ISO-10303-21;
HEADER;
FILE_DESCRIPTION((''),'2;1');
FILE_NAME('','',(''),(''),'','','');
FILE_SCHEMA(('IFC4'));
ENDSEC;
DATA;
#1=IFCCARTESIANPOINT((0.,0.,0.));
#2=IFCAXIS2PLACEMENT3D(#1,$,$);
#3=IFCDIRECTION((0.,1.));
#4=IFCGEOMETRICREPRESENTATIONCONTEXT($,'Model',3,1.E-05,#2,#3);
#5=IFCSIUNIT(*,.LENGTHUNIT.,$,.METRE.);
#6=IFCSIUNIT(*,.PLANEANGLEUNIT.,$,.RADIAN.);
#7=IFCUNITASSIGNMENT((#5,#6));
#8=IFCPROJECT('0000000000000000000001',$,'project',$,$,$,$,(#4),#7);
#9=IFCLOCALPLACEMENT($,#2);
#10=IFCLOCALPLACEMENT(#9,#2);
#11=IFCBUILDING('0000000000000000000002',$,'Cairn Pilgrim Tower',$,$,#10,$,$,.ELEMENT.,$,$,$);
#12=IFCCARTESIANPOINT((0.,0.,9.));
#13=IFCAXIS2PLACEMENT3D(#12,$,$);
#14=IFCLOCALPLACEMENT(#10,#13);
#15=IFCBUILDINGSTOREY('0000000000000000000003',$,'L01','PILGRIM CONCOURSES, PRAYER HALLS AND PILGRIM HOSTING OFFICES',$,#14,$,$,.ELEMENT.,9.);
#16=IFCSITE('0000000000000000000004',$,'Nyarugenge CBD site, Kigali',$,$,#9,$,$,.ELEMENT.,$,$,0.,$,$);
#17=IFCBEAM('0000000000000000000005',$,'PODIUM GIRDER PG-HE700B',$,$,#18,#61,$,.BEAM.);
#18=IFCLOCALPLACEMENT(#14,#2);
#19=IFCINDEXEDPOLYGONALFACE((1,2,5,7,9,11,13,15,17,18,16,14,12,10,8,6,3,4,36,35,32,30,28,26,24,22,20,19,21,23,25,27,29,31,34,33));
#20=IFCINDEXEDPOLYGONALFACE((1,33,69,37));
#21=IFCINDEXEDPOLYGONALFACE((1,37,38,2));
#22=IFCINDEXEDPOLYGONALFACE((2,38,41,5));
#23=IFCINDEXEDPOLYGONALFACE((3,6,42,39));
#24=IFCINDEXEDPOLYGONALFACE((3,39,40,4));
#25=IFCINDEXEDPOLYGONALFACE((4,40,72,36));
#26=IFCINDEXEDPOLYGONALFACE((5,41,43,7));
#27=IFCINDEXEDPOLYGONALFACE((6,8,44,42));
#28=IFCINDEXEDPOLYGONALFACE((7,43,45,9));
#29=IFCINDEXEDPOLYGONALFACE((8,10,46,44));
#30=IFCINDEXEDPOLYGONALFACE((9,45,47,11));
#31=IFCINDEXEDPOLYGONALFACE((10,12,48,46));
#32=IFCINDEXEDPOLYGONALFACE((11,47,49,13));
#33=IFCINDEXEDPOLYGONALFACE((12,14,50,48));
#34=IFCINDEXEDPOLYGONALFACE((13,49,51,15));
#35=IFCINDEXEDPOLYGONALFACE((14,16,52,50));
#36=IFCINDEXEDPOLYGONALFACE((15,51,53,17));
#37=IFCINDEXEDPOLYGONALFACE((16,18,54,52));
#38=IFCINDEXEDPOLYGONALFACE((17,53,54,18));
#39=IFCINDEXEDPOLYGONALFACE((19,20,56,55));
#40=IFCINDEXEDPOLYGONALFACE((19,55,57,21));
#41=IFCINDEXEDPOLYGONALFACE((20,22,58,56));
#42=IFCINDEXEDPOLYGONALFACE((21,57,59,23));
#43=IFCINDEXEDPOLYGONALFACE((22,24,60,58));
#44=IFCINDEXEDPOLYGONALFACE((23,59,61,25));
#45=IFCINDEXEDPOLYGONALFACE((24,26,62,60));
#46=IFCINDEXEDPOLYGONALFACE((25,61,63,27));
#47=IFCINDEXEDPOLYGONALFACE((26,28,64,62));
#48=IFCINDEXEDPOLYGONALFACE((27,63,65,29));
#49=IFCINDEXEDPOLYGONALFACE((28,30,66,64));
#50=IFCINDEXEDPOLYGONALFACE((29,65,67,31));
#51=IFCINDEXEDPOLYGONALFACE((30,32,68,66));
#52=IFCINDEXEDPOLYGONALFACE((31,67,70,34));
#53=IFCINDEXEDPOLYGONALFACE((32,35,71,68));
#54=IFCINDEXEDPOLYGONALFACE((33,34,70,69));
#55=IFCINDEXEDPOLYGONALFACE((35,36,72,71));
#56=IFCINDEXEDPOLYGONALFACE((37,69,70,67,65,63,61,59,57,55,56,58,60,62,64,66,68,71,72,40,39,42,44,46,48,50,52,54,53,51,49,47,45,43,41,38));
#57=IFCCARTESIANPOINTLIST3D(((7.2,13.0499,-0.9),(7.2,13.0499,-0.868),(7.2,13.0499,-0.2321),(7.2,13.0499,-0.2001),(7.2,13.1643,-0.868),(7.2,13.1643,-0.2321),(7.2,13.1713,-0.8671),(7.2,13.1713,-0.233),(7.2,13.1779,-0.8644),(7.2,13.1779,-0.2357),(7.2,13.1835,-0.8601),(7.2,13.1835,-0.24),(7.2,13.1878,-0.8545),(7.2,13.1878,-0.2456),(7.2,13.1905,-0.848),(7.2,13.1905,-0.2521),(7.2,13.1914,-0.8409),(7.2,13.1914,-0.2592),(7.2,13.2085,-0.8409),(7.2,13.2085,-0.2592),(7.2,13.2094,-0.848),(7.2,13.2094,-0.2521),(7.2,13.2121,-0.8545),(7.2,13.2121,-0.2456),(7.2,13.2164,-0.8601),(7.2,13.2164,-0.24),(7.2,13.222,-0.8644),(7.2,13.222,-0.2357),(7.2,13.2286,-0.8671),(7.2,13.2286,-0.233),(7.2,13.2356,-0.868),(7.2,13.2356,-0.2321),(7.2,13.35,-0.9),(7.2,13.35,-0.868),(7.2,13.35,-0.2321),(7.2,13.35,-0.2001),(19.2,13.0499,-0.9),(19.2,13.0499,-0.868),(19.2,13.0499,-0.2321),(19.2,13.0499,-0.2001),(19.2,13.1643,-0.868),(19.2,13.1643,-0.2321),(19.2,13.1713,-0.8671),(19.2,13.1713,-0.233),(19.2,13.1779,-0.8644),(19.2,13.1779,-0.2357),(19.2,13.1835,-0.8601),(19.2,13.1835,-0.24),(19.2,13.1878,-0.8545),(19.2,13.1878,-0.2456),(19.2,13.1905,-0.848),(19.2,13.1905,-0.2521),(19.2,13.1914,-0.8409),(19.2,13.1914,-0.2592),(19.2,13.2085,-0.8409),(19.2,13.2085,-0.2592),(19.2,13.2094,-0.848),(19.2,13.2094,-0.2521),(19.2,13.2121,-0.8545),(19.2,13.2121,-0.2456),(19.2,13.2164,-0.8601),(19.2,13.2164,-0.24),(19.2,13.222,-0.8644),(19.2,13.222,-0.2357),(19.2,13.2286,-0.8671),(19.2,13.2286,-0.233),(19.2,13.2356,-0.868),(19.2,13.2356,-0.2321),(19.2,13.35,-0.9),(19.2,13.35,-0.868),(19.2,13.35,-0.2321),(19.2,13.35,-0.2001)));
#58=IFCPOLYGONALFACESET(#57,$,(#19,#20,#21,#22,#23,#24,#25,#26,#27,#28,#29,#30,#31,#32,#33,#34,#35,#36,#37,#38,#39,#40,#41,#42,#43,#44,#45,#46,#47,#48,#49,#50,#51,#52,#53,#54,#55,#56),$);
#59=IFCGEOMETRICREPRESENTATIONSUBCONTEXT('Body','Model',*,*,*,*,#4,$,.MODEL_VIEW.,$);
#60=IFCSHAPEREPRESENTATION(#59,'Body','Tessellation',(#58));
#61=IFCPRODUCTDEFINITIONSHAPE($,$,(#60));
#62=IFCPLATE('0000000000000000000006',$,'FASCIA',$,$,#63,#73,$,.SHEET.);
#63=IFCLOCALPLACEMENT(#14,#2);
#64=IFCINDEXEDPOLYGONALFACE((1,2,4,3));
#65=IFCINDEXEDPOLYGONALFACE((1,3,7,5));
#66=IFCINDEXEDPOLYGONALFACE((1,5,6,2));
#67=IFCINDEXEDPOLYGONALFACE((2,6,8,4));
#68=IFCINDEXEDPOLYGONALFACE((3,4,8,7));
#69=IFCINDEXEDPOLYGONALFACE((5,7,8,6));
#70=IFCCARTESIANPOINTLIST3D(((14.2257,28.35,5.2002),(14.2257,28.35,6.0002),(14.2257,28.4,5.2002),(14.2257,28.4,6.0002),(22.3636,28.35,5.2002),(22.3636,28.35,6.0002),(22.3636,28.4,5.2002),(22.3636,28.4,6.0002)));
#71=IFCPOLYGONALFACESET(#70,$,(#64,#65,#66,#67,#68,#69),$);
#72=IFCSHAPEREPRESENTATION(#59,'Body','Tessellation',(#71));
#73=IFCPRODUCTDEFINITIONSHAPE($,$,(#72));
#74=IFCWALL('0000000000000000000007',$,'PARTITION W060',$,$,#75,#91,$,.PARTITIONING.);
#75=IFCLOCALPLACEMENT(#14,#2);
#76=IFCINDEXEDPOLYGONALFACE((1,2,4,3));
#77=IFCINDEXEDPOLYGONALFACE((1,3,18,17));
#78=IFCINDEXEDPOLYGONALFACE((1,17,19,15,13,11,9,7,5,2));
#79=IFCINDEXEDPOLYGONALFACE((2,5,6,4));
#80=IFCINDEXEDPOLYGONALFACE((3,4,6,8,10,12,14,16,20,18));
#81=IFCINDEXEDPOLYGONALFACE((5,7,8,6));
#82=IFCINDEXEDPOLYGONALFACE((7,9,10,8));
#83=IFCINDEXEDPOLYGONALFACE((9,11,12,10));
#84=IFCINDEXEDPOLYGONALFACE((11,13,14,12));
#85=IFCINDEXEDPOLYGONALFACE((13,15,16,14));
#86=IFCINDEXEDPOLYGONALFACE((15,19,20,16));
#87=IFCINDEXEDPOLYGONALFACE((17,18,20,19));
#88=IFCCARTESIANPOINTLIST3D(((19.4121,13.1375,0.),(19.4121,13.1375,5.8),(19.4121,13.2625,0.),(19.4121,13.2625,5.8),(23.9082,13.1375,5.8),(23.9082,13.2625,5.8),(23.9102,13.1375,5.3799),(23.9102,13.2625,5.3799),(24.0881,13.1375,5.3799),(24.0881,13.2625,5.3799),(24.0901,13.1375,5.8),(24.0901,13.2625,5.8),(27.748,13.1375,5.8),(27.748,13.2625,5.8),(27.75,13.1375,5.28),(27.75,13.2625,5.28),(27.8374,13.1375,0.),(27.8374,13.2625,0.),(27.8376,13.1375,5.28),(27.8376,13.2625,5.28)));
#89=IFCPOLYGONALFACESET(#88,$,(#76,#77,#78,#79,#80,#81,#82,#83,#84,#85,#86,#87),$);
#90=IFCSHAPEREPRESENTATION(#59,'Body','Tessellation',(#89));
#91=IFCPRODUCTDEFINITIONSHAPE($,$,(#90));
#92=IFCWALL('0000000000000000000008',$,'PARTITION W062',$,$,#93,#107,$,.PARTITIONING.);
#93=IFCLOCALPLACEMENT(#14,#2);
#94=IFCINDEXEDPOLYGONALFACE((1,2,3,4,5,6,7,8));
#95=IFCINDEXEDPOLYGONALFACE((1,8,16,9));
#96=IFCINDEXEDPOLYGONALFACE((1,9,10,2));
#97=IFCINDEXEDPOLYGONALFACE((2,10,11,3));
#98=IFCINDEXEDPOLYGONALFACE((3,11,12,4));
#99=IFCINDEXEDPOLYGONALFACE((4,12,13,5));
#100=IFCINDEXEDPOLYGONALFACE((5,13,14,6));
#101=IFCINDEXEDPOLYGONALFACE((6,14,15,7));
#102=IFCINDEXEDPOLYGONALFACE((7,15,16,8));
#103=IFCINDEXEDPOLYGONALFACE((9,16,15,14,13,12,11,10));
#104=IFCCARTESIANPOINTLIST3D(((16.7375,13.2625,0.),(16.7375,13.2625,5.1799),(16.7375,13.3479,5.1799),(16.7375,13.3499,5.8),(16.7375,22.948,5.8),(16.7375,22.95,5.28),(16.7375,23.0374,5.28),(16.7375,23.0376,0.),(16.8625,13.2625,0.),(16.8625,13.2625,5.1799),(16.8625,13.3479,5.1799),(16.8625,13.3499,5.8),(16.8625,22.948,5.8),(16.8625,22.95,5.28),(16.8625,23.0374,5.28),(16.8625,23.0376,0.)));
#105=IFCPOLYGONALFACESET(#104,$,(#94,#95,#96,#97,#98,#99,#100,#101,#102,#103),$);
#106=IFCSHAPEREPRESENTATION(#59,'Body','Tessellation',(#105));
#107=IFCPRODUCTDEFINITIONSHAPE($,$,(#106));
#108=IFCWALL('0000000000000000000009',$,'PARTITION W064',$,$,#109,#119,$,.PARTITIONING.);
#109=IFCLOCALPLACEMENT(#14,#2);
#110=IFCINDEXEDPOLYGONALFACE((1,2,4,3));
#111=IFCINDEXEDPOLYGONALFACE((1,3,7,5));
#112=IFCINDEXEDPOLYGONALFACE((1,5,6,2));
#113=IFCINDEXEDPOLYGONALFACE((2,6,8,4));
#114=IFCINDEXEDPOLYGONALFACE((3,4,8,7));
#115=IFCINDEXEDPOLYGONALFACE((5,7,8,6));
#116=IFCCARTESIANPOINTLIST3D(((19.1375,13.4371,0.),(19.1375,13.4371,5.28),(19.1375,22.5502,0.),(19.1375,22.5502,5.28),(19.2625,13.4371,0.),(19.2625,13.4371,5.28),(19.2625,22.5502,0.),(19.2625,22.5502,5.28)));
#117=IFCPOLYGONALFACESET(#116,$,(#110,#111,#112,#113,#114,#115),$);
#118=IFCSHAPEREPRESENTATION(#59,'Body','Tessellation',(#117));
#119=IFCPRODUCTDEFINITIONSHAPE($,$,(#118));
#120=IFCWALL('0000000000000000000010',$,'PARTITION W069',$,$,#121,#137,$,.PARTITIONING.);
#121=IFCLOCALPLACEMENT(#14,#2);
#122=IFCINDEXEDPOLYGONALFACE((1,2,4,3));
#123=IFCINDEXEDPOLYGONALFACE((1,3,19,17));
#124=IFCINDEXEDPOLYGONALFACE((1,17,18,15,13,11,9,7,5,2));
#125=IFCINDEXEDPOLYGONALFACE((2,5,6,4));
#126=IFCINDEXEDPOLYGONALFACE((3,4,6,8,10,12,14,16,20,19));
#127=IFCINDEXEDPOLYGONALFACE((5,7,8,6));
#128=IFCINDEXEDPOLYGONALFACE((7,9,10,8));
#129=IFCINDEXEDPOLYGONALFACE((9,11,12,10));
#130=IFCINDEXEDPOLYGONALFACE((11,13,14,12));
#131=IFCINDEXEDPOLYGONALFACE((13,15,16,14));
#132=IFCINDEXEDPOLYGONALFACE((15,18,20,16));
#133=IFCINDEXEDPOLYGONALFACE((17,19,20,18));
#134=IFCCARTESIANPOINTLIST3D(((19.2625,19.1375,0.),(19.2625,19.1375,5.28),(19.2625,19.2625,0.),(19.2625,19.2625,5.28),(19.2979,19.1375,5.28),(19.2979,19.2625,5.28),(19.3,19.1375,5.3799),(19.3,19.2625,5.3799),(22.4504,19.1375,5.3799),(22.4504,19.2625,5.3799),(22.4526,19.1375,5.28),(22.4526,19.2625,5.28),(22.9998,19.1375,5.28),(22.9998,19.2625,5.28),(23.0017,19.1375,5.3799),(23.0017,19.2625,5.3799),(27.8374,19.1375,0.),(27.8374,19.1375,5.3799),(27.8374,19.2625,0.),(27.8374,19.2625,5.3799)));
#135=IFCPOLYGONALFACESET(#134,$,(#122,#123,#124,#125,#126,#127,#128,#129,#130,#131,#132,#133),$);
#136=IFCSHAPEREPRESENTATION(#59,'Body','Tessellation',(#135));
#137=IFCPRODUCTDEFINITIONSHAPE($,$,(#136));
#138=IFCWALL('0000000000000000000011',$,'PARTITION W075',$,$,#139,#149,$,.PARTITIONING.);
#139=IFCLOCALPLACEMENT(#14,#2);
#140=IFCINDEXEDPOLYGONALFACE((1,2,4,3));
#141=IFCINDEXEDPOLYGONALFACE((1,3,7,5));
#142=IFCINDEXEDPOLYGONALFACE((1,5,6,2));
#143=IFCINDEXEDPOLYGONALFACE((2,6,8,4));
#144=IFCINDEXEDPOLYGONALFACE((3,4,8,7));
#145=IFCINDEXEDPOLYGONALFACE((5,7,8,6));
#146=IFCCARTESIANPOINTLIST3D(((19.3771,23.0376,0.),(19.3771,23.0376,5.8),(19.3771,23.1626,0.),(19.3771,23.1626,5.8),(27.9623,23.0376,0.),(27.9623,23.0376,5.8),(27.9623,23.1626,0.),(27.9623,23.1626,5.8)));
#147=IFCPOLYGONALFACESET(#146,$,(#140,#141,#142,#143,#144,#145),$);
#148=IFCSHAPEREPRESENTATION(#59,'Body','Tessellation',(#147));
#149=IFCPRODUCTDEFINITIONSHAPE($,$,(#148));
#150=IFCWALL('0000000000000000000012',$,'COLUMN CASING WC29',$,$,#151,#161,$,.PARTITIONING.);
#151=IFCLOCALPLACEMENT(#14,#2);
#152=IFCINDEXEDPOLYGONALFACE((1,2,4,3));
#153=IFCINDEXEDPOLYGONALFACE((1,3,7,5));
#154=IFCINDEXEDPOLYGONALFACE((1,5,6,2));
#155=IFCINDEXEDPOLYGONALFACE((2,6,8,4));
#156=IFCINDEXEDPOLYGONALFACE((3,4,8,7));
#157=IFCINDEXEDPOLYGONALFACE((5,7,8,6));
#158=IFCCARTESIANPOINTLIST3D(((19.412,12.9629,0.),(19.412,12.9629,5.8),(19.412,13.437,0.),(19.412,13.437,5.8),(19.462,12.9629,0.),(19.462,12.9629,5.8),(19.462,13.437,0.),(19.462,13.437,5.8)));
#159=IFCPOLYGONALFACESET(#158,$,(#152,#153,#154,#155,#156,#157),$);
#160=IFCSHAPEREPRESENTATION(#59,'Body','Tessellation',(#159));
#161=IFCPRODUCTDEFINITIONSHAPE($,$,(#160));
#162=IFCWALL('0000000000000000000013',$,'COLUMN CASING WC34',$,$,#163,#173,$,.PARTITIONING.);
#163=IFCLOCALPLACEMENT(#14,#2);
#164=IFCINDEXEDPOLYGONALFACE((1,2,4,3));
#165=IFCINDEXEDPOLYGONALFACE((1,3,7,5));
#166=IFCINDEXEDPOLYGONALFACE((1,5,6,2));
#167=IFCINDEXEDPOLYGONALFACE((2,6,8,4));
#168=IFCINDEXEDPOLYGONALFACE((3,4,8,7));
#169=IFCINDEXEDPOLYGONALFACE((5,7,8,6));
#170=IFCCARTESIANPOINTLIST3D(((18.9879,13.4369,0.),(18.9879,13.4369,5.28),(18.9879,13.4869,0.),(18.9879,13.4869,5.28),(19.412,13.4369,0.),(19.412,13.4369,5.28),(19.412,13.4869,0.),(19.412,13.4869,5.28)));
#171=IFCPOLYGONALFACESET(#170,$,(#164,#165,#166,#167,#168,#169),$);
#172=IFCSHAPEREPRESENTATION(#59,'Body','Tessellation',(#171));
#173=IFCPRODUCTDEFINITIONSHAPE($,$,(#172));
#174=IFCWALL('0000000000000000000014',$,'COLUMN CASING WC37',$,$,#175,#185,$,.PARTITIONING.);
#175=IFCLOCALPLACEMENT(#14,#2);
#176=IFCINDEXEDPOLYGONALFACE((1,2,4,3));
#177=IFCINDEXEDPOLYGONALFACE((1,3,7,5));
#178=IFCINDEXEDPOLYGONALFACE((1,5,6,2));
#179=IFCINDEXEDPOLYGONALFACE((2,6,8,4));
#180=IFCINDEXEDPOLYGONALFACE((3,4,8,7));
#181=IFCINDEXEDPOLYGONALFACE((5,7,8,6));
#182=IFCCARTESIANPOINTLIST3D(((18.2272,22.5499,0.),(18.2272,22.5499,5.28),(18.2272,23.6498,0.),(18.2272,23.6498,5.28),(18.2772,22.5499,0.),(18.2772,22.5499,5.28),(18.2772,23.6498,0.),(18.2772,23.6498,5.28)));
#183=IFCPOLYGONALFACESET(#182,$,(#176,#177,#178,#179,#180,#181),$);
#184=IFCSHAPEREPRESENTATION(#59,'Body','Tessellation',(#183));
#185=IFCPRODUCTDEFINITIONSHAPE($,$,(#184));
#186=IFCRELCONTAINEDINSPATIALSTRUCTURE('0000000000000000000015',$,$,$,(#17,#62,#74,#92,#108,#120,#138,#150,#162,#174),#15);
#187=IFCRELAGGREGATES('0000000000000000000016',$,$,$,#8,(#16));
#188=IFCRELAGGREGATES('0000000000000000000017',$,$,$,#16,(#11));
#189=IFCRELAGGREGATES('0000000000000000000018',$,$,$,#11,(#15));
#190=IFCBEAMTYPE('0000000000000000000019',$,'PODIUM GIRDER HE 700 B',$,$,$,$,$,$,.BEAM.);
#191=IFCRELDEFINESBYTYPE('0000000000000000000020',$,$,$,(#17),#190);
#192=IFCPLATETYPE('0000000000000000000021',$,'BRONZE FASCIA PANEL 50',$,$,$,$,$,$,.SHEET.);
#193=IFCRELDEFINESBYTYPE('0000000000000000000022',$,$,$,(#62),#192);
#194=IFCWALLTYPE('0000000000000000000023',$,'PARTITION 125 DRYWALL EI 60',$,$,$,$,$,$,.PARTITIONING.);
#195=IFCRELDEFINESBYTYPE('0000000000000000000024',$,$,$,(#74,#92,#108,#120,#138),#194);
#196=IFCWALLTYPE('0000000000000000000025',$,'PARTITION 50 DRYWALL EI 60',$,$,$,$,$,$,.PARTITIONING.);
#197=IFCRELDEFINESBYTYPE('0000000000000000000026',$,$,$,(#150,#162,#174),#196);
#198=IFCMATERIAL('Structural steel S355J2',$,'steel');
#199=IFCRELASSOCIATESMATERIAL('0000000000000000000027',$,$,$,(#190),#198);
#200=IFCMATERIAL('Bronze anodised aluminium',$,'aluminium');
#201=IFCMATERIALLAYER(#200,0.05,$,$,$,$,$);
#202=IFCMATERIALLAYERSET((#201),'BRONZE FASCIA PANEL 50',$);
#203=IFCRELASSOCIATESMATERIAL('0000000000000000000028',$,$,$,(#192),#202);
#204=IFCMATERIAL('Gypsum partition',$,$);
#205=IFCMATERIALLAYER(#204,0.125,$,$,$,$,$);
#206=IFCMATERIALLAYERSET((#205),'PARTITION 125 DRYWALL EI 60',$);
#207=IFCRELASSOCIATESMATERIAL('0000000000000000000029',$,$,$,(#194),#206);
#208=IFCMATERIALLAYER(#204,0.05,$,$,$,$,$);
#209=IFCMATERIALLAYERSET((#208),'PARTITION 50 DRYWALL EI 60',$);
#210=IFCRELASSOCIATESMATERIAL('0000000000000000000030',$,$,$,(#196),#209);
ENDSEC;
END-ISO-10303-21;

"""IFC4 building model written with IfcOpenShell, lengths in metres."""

from ifc_helpers import new_model, si_unit, direction, frame, frame_2d, origin, origin_2d, place, context, subcontext, project, spatial, polyline, rectangle, i_section, outline, extrude, material, layer, layer_set, material_profile, profile_set, type_object, element, save


model = new_model("IFC4")

# Units and contexts
model_context = context("Model", 3, precision=1e-05, world=origin(), true_north=direction((0.0, 1.0)))
body_context = subcontext(model_context, "Body", "Model", "MODEL_VIEW")
ifc_project = project(units=[si_unit("LENGTHUNIT", "METRE"), si_unit("PLANEANGLEUNIT", "RADIAN")], contexts=[model_context])

# Site, building, storey
site_placement = place(None, origin())
site = spatial("IfcSite", under=ifc_project, at=site_placement, Name="Nyarugenge CBD site, Kigali", CompositionType="ELEMENT", RefElevation=0.0)
building_placement = place(site_placement, origin())
building = spatial("IfcBuilding", under=site, at=building_placement, Name="Cairn Pilgrim Tower", CompositionType="ELEMENT")
storey_placement = place(building_placement, frame((0.0, 0.0, 9.0)))
storey = spatial("IfcBuildingStorey", under=building, at=storey_placement, Name="L01", Description="PILGRIM CONCOURSES, PRAYER HALLS AND PILGRIM HOSTING OFFICES", CompositionType="ELEMENT", Elevation=9.0)

# Beam
ifc_material_1 = material(Name="Structural steel S355J2", Category="steel")
ifc_material_profile_1 = material_profile(ifc_material_1, i_section(OverallWidth=0.3, OverallDepth=0.7, WebThickness=0.0171, FlangeThickness=0.032, FilletRadius=0.0271, at=origin_2d()), Name="HEB 700")
ifc_profile_set_1 = profile_set([ifc_material_profile_1], Name="Structural steel S355J2")
beam_type_1 = type_object("IfcBeamType", Name="PODIUM GIRDER HE 700 B", PredefinedType="BEAM", material=ifc_profile_set_1)
beam_1_placement = place(storey_placement, frame((19.2, 13.2, -0.55), z_axis=(-1.0, 0.0, 0.0), x_axis=(0.0, -1.0, 0.0)))
element("IfcBeam", 1, at=beam_1_placement, inside=storey, type_object=beam_type_1, Name="PODIUM GIRDER PG-HE700B", PredefinedType="BEAM", context=body_context, shape_type="SweptSolid", body=[
    extrude(i_section(OverallWidth=0.3, OverallDepth=0.7, WebThickness=0.0171, FlangeThickness=0.032, FilletRadius=0.0271, at=origin_2d()), origin(), (0.0, 0.0, 1.0), 12.0),
])

# Plate
ifc_material_2 = material(Name="Bronze anodised aluminium", Category="aluminium")
ifc_layer_1 = layer(ifc_material_2, 0.05)
ifc_layer_set_1 = layer_set([ifc_layer_1], Name="BRONZE FASCIA PANEL 50")
plate_type = type_object("IfcPlateType", Name="BRONZE FASCIA PANEL 50", PredefinedType="SHEET", material=ifc_layer_set_1)
plate_placement = place(storey_placement, frame((18.2947, 28.375, 5.2002), z_axis=(0.0, 0.0, 1.0), x_axis=(-1.0, 0.0, 0.0)))
element("IfcPlate", 2, at=plate_placement, inside=storey, type_object=plate_type, Name="FASCIA", PredefinedType="SHEET", context=body_context, shape_type="SweptSolid", body=[
    extrude(rectangle(XDim=8.1379, YDim=0.05, at=origin_2d()), origin(), (0.0, 0.0, 1.0), 0.8),
])

# Walls
ifc_material_3 = material(Name="Gypsum partition")
ifc_layer_2 = layer(ifc_material_3, 0.125)
ifc_layer_set_2 = layer_set([ifc_layer_2], Name="PARTITION 125 DRYWALL EI 60")
wall_type_1 = type_object("IfcWallType", Name="PARTITION 125 DRYWALL EI 60", PredefinedType="PARTITIONING", material=ifc_layer_set_2)
wall_1_placement = place(storey_placement, frame((19.4121, 13.2, 0.0), z_axis=(0.0, 0.0, 1.0), x_axis=(1.0, 0.0, 0.0)))
element("IfcWall", 3, at=wall_1_placement, inside=storey, type_object=wall_type_1, Name="PARTITION W060", PredefinedType="PARTITIONING", context=body_context, shape_type="SweptSolid", body=[
    extrude(outline(polyline([(0.0, 0.0), (8.4253, 0.0), (8.4255, 5.28), (8.3379, 5.28), (8.3359, 5.8), (4.678, 5.8), (4.676, 5.3799), (4.498, 5.3799), (4.4961, 5.8), (0.0, 5.8), (0.0, 0.0)])), frame((0.0, 0.0625, 0.0), z_axis=(0.0, -1.0, 0.0), x_axis=(1.0, 0.0, 0.0)), (0.0, 0.0, 1.0), 0.125),
])
wall_2_placement = place(storey_placement, frame((16.8, 13.2625, 0.0), z_axis=(0.0, 0.0, 1.0), x_axis=(0.0, 1.0, 0.0)))
element("IfcWall", 4, at=wall_2_placement, inside=storey, type_object=wall_type_1, Name="PARTITION W062", PredefinedType="PARTITIONING", context=body_context, shape_type="SweptSolid", body=[
    extrude(outline(polyline([(0.0, 0.0), (9.7751, 0.0), (9.7749, 5.28), (9.6875, 5.28), (9.6855, 5.8), (0.0874, 5.8), (0.0854, 5.1799), (0.0, 5.1799), (0.0, 0.0)])), frame((0.0, 0.0625, 0.0), z_axis=(0.0, -1.0, 0.0), x_axis=(1.0, 0.0, 0.0)), (0.0, 0.0, 1.0), 0.125),
])
wall_3_placement = place(storey_placement, frame((19.2, 13.437, 0.0), z_axis=(0.0, 0.0, 1.0), x_axis=(0.0, 1.0, 0.0)))
element("IfcWall", 5, at=wall_3_placement, inside=storey, type_object=wall_type_1, Name="PARTITION W064", PredefinedType="PARTITIONING", context=body_context, shape_type="SweptSolid", body=[
    extrude(rectangle(XDim=9.113, YDim=0.125, at=frame_2d((4.5566, 0.0))), origin(), (0.0, 0.0, 1.0), 5.28),
])
wall_4_placement = place(storey_placement, frame((19.2625, 19.2, 0.0), z_axis=(0.0, 0.0, 1.0), x_axis=(1.0, 0.0, 0.0)))
element("IfcWall", 6, at=wall_4_placement, inside=storey, type_object=wall_type_1, Name="PARTITION W069", PredefinedType="PARTITIONING", context=body_context, shape_type="SweptSolid", body=[
    extrude(outline(polyline([(0.0, 0.0), (8.575, 0.0), (8.575, 5.3799), (3.7393, 5.3799), (3.7373, 5.28), (3.1902, 5.28), (3.188, 5.3799), (0.0376, 5.3799), (0.0354, 5.28), (0.0, 5.28), (0.0, 0.0)])), frame((0.0, 0.0625, 0.0), z_axis=(0.0, -1.0, 0.0), x_axis=(1.0, 0.0, 0.0)), (0.0, 0.0, 1.0), 0.125),
])
wall_5_placement = place(storey_placement, frame((19.3772, 23.1001, 0.0), z_axis=(0.0, 0.0, 1.0), x_axis=(1.0, 0.0, 0.0)))
element("IfcWall", 7, at=wall_5_placement, inside=storey, type_object=wall_type_1, Name="PARTITION W075", PredefinedType="PARTITIONING", context=body_context, shape_type="SweptSolid", body=[
    extrude(rectangle(XDim=8.5852, YDim=0.125, at=frame_2d((4.2925, 0.0))), origin(), (0.0, 0.0, 1.0), 5.8),
])
ifc_layer_3 = layer(ifc_material_3, 0.05)
ifc_layer_set_3 = layer_set([ifc_layer_3], Name="PARTITION 50 DRYWALL EI 60")
wall_type_2 = type_object("IfcWallType", Name="PARTITION 50 DRYWALL EI 60", PredefinedType="PARTITIONING", material=ifc_layer_set_3)
wall_6_placement = place(storey_placement, frame((19.437, 12.9629, 0.0), z_axis=(0.0, 0.0, 1.0), x_axis=(0.0, 1.0, 0.0)))
element("IfcWall", 8, at=wall_6_placement, inside=storey, type_object=wall_type_2, Name="COLUMN CASING WC29", PredefinedType="PARTITIONING", context=body_context, shape_type="SweptSolid", body=[
    extrude(rectangle(XDim=0.4741, YDim=0.05, at=frame_2d((0.2371, 0.0))), origin(), (0.0, 0.0, 1.0), 5.8),
])
wall_7_placement = place(storey_placement, frame((18.988, 13.4619, 0.0), z_axis=(0.0, 0.0, 1.0), x_axis=(1.0, 0.0, 0.0)))
element("IfcWall", 9, at=wall_7_placement, inside=storey, type_object=wall_type_2, Name="COLUMN CASING WC34", PredefinedType="PARTITIONING", context=body_context, shape_type="SweptSolid", body=[
    extrude(rectangle(XDim=0.4241, YDim=0.05, at=frame_2d((0.2119, 0.0))), origin(), (0.0, 0.0, 1.0), 5.28),
])
wall_8_placement = place(storey_placement, frame((18.2522, 22.55, 0.0), z_axis=(0.0, 0.0, 1.0), x_axis=(0.0, 1.0, 0.0)))
element("IfcWall", 10, at=wall_8_placement, inside=storey, type_object=wall_type_2, Name="COLUMN CASING WC37", PredefinedType="PARTITIONING", context=body_context, shape_type="SweptSolid", body=[
    extrude(rectangle(XDim=1.0999, YDim=0.05, at=frame_2d((0.5498, 0.0))), origin(), (0.0, 0.0, 1.0), 5.28),
])

save(model, "model.ifc")
